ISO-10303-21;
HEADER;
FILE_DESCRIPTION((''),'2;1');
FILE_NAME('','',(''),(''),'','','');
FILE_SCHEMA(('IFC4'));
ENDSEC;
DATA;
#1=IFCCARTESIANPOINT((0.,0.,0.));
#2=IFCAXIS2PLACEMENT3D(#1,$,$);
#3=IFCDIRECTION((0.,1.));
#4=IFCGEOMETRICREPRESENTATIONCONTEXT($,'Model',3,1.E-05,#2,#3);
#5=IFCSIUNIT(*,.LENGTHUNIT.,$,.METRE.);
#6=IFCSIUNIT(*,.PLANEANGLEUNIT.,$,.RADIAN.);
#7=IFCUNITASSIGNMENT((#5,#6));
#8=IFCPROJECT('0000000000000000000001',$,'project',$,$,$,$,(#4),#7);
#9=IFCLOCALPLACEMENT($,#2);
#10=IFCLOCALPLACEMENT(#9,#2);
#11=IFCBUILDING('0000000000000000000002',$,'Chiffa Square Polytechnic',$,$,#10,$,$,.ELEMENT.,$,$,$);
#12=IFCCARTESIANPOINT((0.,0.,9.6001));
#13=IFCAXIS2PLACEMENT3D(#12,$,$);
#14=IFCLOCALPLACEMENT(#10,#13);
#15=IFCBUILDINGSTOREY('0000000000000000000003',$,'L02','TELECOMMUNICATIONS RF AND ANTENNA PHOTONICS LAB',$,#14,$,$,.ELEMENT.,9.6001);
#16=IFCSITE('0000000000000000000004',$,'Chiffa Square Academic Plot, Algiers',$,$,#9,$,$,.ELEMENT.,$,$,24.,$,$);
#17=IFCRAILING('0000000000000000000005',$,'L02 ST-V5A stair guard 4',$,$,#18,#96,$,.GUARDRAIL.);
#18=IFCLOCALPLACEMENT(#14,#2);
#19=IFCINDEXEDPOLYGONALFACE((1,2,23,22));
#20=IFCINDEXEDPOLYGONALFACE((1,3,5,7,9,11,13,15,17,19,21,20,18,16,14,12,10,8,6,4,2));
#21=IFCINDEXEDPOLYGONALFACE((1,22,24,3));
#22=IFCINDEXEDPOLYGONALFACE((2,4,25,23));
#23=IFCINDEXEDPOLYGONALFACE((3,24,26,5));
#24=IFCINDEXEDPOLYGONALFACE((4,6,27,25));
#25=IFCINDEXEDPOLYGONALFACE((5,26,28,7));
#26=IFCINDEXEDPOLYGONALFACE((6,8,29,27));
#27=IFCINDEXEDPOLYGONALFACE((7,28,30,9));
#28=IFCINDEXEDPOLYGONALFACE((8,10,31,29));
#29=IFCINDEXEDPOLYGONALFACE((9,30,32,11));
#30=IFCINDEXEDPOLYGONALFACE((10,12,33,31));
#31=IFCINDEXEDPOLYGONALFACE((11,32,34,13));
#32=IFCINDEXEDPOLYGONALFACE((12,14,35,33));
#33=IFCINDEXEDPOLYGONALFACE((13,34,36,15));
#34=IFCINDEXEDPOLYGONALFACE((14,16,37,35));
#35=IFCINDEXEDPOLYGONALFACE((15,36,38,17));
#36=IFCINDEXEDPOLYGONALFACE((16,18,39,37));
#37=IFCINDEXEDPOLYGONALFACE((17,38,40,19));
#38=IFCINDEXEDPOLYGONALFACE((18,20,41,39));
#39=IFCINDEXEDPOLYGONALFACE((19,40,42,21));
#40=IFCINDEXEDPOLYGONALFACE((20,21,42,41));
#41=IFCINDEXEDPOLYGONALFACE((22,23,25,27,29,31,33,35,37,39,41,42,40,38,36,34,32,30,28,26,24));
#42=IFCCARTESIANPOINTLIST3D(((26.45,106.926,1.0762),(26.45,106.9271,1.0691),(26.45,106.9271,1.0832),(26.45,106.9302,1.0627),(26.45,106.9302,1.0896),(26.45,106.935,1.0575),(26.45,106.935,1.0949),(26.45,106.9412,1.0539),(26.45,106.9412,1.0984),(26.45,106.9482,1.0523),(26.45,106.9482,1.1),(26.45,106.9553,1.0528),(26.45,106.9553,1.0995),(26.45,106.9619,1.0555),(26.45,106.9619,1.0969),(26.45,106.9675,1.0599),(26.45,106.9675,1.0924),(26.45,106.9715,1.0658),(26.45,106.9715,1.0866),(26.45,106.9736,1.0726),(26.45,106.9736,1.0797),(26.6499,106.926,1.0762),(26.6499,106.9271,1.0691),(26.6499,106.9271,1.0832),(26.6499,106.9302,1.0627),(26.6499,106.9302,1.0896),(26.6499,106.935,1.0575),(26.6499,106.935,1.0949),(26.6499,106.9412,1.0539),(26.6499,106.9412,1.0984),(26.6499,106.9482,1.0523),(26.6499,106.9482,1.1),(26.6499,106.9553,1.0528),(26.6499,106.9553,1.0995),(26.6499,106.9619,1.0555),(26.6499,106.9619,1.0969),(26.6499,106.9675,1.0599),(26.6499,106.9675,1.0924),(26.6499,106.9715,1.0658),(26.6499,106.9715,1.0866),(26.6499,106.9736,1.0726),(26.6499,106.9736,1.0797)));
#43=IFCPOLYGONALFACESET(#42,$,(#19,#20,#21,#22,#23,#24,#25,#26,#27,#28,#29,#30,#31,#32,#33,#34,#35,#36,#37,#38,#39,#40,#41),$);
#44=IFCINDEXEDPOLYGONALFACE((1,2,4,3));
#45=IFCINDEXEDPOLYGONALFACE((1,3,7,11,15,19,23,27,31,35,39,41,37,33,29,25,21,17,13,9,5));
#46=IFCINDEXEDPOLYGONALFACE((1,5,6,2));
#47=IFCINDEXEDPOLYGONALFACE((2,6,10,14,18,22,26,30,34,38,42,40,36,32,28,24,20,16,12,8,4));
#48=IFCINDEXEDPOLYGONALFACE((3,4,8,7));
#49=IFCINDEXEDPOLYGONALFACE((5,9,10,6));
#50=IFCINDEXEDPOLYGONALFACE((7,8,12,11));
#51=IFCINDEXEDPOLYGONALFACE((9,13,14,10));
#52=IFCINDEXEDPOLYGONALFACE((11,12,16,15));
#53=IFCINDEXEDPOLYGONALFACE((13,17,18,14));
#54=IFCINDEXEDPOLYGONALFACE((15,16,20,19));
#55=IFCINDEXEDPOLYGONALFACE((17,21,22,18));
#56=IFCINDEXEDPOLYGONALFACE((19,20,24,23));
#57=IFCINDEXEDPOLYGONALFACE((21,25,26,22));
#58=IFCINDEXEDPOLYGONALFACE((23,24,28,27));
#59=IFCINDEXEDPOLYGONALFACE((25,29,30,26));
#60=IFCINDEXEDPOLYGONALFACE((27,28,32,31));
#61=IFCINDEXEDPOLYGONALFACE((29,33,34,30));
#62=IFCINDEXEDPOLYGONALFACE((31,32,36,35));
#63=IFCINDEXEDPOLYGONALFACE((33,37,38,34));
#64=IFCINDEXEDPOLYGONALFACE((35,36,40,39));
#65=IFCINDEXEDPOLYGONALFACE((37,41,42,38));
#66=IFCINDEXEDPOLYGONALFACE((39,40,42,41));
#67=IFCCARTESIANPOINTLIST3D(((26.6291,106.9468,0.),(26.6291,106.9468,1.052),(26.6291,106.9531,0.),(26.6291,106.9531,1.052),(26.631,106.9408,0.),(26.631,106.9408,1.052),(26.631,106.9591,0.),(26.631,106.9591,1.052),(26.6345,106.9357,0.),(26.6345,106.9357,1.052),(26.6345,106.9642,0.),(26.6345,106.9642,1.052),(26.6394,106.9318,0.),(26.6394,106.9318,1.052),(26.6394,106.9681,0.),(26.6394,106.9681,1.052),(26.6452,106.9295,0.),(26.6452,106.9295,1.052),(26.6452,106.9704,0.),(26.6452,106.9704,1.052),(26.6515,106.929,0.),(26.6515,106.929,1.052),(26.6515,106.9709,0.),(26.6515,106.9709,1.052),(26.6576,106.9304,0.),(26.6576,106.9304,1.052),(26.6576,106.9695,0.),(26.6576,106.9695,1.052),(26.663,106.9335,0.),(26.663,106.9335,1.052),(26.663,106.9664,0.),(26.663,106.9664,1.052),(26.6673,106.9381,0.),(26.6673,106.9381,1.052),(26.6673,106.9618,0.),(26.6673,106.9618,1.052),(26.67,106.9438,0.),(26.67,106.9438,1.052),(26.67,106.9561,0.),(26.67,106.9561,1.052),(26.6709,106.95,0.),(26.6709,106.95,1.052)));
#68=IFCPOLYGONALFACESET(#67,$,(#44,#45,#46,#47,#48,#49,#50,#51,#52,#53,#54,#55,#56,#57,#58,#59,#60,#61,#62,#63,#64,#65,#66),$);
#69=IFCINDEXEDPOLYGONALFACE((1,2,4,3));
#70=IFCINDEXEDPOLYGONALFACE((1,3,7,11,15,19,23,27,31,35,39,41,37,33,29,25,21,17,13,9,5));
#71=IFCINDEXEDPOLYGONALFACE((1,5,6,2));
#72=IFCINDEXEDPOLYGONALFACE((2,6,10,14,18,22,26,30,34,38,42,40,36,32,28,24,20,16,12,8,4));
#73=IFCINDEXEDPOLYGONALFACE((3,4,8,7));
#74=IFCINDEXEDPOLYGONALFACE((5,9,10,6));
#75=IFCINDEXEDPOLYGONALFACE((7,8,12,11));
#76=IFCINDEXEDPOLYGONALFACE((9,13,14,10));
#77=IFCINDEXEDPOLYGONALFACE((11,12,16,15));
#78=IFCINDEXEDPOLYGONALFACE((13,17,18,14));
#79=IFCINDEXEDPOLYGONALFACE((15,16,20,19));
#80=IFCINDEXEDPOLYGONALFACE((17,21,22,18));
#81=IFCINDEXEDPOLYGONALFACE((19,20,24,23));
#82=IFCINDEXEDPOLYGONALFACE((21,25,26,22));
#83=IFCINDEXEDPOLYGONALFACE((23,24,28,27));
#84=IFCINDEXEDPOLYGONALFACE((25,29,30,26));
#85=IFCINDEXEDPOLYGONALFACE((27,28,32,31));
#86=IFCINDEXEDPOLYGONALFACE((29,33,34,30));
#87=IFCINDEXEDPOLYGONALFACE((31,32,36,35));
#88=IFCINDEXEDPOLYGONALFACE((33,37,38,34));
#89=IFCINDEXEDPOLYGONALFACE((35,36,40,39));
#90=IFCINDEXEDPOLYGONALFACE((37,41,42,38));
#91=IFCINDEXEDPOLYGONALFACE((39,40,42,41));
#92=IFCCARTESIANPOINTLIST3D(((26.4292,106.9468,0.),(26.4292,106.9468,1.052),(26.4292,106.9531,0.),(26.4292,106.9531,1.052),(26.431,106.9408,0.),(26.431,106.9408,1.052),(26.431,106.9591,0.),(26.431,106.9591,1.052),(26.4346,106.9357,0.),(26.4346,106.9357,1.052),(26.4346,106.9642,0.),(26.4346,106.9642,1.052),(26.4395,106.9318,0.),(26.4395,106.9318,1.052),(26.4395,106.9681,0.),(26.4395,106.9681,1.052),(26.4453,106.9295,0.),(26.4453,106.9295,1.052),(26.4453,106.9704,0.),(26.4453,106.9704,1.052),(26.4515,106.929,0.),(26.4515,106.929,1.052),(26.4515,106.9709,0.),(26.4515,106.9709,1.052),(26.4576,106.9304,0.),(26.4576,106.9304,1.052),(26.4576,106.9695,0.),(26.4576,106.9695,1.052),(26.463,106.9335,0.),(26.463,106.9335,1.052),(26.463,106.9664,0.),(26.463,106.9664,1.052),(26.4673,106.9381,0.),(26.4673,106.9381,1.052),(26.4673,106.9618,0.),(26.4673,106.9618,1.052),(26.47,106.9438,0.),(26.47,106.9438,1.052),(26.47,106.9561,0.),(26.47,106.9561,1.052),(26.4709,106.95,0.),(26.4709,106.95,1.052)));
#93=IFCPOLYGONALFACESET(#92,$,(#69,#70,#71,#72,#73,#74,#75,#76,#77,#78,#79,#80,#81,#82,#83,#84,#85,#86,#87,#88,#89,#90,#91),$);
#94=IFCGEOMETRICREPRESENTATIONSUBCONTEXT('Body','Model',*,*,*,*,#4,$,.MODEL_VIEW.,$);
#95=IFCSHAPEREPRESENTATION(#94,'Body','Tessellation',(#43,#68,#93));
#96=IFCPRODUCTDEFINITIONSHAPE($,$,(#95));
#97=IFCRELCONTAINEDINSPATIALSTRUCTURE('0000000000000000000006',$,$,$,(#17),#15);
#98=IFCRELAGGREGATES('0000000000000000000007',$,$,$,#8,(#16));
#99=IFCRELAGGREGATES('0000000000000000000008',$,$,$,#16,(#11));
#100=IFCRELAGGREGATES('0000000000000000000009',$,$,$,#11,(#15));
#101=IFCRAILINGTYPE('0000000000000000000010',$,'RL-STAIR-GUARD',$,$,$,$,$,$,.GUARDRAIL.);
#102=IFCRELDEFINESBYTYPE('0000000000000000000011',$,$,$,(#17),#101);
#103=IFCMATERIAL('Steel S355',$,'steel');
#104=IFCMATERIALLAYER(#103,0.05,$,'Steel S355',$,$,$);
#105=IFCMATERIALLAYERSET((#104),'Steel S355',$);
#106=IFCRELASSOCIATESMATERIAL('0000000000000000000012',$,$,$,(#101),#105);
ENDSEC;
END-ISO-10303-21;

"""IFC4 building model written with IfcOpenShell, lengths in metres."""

from ifc_helpers import new_model, si_unit, direction, frame, origin, origin_2d, place, context, subcontext, project, spatial, circle, extrude, material, layer, layer_set, type_object, element, save


model = new_model("IFC4")

# Units and contexts
model_context = context("Model", 3, precision=1e-05, world=origin(), true_north=direction((0.0, 1.0)))
body_context = subcontext(model_context, "Body", "Model", "MODEL_VIEW")
ifc_project = project(units=[si_unit("LENGTHUNIT", "METRE"), si_unit("PLANEANGLEUNIT", "RADIAN")], contexts=[model_context])

# Site, building, storey
site_placement = place(None, origin())
site = spatial("IfcSite", under=ifc_project, at=site_placement, Name="Chiffa Square Academic Plot, Algiers", CompositionType="ELEMENT", RefElevation=24.0)
building_placement = place(site_placement, origin())
building = spatial("IfcBuilding", under=site, at=building_placement, Name="Chiffa Square Polytechnic", CompositionType="ELEMENT")
storey_placement = place(building_placement, frame((0.0, 0.0, 9.6001)))
storey = spatial("IfcBuildingStorey", under=building, at=storey_placement, Name="L02", Description="TELECOMMUNICATIONS RF AND ANTENNA PHOTONICS LAB", CompositionType="ELEMENT", Elevation=9.6001)

# Railing
ifc_material_1 = material(Name="Steel S355", Category="steel")
ifc_layer_1 = layer(ifc_material_1, 0.05, Name="Steel S355")
ifc_layer_set_1 = layer_set([ifc_layer_1], Name="Steel S355")
railing_type_1 = type_object("IfcRailingType", Name="RL-STAIR-GUARD", PredefinedType="GUARDRAIL", material=ifc_layer_set_1)
railing_1_placement = place(storey_placement, frame((26.6499, 106.95, 0.0)))
element("IfcRailing", 1, at=railing_1_placement, inside=storey, type_object=railing_type_1, Name="L02 ST-V5A stair guard 4", PredefinedType="GUARDRAIL", context=body_context, shape_type="SweptSolid", body=[
    extrude(circle(Radius=0.0239, at=origin_2d()), frame((0.0, 0.0, 1.0762), z_axis=(-1.0, 0.0, 0.0), x_axis=(0.0, -1.0, 0.0)), (0.0, 0.0, 1.0), 0.2),
    extrude(circle(Radius=0.021, at=origin_2d()), origin(), (0.0, 0.0, 1.0), 1.052),
    extrude(circle(Radius=0.021, at=origin_2d()), frame((-0.2, 0.0, 0.0)), (0.0, 0.0, 1.0), 1.052),
])

save(model, "model.ifc")
